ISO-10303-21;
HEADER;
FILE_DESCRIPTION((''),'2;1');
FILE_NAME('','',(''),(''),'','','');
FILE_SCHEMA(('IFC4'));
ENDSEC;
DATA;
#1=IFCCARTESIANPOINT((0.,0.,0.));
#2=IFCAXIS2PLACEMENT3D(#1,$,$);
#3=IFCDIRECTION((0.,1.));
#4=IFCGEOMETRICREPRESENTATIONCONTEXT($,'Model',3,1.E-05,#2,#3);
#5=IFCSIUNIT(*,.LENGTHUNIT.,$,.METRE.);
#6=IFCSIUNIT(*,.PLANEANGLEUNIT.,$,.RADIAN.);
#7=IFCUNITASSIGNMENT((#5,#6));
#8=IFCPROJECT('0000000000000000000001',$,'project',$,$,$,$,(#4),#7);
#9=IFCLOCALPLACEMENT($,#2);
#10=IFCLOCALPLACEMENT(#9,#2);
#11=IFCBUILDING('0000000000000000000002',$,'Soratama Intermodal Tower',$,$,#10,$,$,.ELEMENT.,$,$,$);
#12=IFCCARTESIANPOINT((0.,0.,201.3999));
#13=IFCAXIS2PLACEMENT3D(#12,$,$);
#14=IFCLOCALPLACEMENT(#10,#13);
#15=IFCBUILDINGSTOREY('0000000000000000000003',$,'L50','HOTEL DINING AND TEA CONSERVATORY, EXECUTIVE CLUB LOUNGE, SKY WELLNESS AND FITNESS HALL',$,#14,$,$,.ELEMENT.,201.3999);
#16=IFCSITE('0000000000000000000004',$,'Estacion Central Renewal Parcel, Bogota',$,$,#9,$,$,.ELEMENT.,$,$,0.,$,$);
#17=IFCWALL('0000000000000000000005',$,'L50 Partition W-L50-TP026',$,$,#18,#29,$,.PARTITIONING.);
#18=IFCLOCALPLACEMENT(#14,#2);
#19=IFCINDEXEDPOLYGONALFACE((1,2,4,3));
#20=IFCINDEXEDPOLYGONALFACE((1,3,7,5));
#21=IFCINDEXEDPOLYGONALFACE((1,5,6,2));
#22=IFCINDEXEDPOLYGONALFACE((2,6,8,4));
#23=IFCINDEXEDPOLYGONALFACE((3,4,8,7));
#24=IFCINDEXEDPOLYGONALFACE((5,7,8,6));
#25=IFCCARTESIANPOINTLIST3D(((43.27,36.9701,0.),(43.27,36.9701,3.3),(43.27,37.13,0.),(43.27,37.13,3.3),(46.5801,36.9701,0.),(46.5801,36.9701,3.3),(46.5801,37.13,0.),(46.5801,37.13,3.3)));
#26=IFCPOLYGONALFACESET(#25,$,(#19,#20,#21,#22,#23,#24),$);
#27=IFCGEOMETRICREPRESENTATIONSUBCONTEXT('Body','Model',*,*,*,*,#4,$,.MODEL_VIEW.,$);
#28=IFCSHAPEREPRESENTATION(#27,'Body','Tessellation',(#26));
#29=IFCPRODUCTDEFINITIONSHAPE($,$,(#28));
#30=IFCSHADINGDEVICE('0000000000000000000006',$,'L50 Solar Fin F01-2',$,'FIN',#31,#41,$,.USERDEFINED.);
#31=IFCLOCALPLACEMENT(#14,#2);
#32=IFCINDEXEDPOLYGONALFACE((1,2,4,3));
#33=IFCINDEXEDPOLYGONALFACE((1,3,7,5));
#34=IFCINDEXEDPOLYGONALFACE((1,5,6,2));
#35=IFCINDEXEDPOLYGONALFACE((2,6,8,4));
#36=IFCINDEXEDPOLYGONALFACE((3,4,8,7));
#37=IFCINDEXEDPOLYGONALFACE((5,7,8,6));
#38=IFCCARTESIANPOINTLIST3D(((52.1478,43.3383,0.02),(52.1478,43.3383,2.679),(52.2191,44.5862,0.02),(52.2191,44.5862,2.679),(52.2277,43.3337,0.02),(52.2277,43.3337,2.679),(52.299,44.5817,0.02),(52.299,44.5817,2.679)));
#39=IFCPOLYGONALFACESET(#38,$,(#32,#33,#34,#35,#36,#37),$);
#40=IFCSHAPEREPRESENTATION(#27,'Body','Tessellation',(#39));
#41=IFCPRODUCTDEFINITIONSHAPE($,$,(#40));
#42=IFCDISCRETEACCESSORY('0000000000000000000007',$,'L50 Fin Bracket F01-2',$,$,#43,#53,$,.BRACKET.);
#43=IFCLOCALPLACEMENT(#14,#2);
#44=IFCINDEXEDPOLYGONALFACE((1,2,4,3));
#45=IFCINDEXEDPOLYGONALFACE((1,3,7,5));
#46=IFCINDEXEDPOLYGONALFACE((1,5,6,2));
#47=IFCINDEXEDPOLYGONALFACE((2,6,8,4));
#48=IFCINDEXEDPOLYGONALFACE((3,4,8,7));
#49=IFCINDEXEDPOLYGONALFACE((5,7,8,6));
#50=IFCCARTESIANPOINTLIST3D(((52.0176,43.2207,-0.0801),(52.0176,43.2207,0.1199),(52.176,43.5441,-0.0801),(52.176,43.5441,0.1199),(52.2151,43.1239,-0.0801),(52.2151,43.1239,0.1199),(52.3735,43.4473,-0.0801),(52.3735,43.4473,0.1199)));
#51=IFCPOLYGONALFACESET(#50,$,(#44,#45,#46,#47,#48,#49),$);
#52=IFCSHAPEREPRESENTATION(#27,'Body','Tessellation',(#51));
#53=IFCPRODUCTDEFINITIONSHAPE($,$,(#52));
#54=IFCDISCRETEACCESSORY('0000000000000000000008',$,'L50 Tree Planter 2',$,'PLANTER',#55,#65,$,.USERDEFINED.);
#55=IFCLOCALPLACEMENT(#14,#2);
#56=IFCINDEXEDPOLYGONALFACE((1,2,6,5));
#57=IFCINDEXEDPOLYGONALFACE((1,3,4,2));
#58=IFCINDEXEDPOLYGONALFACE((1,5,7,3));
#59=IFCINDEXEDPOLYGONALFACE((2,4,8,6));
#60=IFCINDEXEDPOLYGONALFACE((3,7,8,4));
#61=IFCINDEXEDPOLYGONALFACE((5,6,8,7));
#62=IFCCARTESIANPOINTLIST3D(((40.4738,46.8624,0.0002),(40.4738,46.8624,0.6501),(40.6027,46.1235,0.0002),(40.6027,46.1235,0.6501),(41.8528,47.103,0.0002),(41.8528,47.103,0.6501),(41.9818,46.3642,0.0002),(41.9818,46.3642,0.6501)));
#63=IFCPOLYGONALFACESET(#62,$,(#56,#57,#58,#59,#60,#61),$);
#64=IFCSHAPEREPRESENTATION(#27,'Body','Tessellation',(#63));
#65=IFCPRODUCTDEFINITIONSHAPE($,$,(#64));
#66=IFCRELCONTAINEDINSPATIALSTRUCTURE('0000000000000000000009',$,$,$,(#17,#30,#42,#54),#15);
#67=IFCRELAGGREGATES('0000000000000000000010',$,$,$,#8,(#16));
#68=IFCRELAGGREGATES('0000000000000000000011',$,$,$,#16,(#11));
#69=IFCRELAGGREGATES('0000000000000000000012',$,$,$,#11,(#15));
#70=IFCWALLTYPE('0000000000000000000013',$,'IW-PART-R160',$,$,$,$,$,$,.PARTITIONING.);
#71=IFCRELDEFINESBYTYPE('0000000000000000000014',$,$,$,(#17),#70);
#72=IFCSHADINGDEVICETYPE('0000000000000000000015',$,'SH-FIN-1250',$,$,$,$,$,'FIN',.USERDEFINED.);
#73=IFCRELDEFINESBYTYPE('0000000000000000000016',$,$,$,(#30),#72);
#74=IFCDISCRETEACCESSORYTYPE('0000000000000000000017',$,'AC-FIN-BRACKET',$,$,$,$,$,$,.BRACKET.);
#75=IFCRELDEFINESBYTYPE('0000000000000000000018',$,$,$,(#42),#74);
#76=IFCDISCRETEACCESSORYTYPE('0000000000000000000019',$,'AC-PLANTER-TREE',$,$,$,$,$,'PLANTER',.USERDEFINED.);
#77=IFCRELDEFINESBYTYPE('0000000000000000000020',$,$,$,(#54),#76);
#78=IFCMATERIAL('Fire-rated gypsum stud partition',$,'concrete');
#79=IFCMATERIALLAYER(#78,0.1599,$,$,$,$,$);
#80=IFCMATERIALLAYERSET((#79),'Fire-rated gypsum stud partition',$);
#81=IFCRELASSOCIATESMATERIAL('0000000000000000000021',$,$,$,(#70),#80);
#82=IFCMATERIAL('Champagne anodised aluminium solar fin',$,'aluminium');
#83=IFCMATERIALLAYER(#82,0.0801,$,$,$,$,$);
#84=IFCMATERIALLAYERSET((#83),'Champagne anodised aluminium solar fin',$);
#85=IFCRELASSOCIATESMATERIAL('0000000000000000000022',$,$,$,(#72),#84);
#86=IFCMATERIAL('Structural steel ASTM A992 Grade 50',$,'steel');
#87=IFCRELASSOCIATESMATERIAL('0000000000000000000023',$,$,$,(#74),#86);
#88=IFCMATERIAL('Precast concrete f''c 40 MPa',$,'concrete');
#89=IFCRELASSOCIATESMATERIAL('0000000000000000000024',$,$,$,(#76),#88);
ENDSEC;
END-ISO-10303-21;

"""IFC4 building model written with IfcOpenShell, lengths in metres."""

from ifc_helpers import new_model, si_unit, direction, frame, frame_2d, origin, origin_2d, place, context, subcontext, project, spatial, rectangle, extrude, material, layer, layer_set, type_object, element, save


model = new_model("IFC4")

# Units and contexts
model_context = context("Model", 3, precision=1e-05, world=origin(), true_north=direction((0.0, 1.0)))
body_context = subcontext(model_context, "Body", "Model", "MODEL_VIEW")
ifc_project = project(units=[si_unit("LENGTHUNIT", "METRE"), si_unit("PLANEANGLEUNIT", "RADIAN")], contexts=[model_context])

# Site, building, storey
site_placement = place(None, origin())
site = spatial("IfcSite", under=ifc_project, at=site_placement, Name="Estacion Central Renewal Parcel, Bogota", CompositionType="ELEMENT", RefElevation=0.0)
building_placement = place(site_placement, origin())
building = spatial("IfcBuilding", under=site, at=building_placement, Name="Soratama Intermodal Tower", CompositionType="ELEMENT")
storey_placement = place(building_placement, frame((0.0, 0.0, 201.3999)))
storey = spatial("IfcBuildingStorey", under=building, at=storey_placement, Name="L50", Description="HOTEL DINING AND TEA CONSERVATORY, EXECUTIVE CLUB LOUNGE, SKY WELLNESS AND FITNESS HALL", CompositionType="ELEMENT", Elevation=201.3999)

# Shared definitions
ifc_material_1 = material(Name="Fire-rated gypsum stud partition", Category="concrete")
ifc_layer_1 = layer(ifc_material_1, 0.1599)
ifc_layer_set_1 = layer_set([ifc_layer_1], Name="Fire-rated gypsum stud partition")
wall_type_1 = type_object("IfcWallType", Name="IW-PART-R160", PredefinedType="PARTITIONING", material=ifc_layer_set_1)

# Wall
wall_1_placement = place(storey_placement, frame((43.27, 37.05, 0.0), z_axis=(0.0, 0.0, 1.0), x_axis=(1.0, 0.0, 0.0)))
element("IfcWall", 1, at=wall_1_placement, inside=storey, type_object=wall_type_1, Name="L50 Partition W-L50-TP026", PredefinedType="PARTITIONING", context=body_context, shape_type="SweptSolid", body=[
    extrude(rectangle(XDim=3.3101, YDim=0.1599, at=frame_2d((1.655, 0.0))), origin(), (0.0, 0.0, 1.0), 3.3),
])

# Shading device
ifc_material_2 = material(Name="Champagne anodised aluminium solar fin", Category="aluminium")
ifc_layer_2 = layer(ifc_material_2, 0.0801)
ifc_layer_set_2 = layer_set([ifc_layer_2], Name="Champagne anodised aluminium solar fin")
shading_device_type = type_object("IfcShadingDeviceType", Name="SH-FIN-1250", ElementType="FIN", PredefinedType="USERDEFINED", material=ifc_layer_set_2)
shading_device_placement = place(storey_placement, frame((52.2234, 43.96, 0.02), z_axis=(0.0, 0.0, 1.0), x_axis=(0.057041, 0.998372, 0.0)))
element("IfcShadingDevice", 2, at=shading_device_placement, inside=storey, type_object=shading_device_type, Name="L50 Solar Fin F01-2", ObjectType="FIN", PredefinedType="USERDEFINED", context=body_context, shape_type="SweptSolid", body=[
    extrude(rectangle(XDim=1.25, YDim=0.0801, at=origin_2d()), origin(), (0.0, 0.0, 1.0), 2.6589),
])

# Discrete accessories
ifc_material_3 = material(Name="Structural steel ASTM A992 Grade 50", Category="steel")
discrete_accessory_type_1 = type_object("IfcDiscreteAccessoryType", Name="AC-FIN-BRACKET", PredefinedType="BRACKET", material=ifc_material_3)
discrete_accessory_1_placement = place(storey_placement, frame((52.1956, 43.334, -0.0801), z_axis=(0.0, 0.0, 1.0), x_axis=(0.439939, 0.898028, 0.0)))
element("IfcDiscreteAccessory", 3, at=discrete_accessory_1_placement, inside=storey, type_object=discrete_accessory_type_1, Name="L50 Fin Bracket F01-2", PredefinedType="BRACKET", context=body_context, shape_type="SweptSolid", body=[
    extrude(rectangle(XDim=0.3601, YDim=0.22, at=origin_2d()), origin(), (0.0, 0.0, 1.0), 0.2),
])
ifc_material_4 = material(Name="Precast concrete f'c 40 MPa", Category="concrete")
discrete_accessory_type_2 = type_object("IfcDiscreteAccessoryType", Name="AC-PLANTER-TREE", ElementType="PLANTER", PredefinedType="USERDEFINED", material=ifc_material_4)
discrete_accessory_2_placement = place(storey_placement, frame((41.2278, 46.6133, 0.0002), z_axis=(0.0, 0.0, 1.0), x_axis=(-0.171929, 0.985109, 0.0)))
element("IfcDiscreteAccessory", 4, at=discrete_accessory_2_placement, inside=storey, type_object=discrete_accessory_type_2, Name="L50 Tree Planter 2", ObjectType="PLANTER", PredefinedType="USERDEFINED", context=body_context, shape_type="SweptSolid", body=[
    extrude(rectangle(XDim=0.75, YDim=1.3999, at=origin_2d()), origin(), (0.0, 0.0, 1.0), 0.6499),
])

save(model, "model.ifc")
